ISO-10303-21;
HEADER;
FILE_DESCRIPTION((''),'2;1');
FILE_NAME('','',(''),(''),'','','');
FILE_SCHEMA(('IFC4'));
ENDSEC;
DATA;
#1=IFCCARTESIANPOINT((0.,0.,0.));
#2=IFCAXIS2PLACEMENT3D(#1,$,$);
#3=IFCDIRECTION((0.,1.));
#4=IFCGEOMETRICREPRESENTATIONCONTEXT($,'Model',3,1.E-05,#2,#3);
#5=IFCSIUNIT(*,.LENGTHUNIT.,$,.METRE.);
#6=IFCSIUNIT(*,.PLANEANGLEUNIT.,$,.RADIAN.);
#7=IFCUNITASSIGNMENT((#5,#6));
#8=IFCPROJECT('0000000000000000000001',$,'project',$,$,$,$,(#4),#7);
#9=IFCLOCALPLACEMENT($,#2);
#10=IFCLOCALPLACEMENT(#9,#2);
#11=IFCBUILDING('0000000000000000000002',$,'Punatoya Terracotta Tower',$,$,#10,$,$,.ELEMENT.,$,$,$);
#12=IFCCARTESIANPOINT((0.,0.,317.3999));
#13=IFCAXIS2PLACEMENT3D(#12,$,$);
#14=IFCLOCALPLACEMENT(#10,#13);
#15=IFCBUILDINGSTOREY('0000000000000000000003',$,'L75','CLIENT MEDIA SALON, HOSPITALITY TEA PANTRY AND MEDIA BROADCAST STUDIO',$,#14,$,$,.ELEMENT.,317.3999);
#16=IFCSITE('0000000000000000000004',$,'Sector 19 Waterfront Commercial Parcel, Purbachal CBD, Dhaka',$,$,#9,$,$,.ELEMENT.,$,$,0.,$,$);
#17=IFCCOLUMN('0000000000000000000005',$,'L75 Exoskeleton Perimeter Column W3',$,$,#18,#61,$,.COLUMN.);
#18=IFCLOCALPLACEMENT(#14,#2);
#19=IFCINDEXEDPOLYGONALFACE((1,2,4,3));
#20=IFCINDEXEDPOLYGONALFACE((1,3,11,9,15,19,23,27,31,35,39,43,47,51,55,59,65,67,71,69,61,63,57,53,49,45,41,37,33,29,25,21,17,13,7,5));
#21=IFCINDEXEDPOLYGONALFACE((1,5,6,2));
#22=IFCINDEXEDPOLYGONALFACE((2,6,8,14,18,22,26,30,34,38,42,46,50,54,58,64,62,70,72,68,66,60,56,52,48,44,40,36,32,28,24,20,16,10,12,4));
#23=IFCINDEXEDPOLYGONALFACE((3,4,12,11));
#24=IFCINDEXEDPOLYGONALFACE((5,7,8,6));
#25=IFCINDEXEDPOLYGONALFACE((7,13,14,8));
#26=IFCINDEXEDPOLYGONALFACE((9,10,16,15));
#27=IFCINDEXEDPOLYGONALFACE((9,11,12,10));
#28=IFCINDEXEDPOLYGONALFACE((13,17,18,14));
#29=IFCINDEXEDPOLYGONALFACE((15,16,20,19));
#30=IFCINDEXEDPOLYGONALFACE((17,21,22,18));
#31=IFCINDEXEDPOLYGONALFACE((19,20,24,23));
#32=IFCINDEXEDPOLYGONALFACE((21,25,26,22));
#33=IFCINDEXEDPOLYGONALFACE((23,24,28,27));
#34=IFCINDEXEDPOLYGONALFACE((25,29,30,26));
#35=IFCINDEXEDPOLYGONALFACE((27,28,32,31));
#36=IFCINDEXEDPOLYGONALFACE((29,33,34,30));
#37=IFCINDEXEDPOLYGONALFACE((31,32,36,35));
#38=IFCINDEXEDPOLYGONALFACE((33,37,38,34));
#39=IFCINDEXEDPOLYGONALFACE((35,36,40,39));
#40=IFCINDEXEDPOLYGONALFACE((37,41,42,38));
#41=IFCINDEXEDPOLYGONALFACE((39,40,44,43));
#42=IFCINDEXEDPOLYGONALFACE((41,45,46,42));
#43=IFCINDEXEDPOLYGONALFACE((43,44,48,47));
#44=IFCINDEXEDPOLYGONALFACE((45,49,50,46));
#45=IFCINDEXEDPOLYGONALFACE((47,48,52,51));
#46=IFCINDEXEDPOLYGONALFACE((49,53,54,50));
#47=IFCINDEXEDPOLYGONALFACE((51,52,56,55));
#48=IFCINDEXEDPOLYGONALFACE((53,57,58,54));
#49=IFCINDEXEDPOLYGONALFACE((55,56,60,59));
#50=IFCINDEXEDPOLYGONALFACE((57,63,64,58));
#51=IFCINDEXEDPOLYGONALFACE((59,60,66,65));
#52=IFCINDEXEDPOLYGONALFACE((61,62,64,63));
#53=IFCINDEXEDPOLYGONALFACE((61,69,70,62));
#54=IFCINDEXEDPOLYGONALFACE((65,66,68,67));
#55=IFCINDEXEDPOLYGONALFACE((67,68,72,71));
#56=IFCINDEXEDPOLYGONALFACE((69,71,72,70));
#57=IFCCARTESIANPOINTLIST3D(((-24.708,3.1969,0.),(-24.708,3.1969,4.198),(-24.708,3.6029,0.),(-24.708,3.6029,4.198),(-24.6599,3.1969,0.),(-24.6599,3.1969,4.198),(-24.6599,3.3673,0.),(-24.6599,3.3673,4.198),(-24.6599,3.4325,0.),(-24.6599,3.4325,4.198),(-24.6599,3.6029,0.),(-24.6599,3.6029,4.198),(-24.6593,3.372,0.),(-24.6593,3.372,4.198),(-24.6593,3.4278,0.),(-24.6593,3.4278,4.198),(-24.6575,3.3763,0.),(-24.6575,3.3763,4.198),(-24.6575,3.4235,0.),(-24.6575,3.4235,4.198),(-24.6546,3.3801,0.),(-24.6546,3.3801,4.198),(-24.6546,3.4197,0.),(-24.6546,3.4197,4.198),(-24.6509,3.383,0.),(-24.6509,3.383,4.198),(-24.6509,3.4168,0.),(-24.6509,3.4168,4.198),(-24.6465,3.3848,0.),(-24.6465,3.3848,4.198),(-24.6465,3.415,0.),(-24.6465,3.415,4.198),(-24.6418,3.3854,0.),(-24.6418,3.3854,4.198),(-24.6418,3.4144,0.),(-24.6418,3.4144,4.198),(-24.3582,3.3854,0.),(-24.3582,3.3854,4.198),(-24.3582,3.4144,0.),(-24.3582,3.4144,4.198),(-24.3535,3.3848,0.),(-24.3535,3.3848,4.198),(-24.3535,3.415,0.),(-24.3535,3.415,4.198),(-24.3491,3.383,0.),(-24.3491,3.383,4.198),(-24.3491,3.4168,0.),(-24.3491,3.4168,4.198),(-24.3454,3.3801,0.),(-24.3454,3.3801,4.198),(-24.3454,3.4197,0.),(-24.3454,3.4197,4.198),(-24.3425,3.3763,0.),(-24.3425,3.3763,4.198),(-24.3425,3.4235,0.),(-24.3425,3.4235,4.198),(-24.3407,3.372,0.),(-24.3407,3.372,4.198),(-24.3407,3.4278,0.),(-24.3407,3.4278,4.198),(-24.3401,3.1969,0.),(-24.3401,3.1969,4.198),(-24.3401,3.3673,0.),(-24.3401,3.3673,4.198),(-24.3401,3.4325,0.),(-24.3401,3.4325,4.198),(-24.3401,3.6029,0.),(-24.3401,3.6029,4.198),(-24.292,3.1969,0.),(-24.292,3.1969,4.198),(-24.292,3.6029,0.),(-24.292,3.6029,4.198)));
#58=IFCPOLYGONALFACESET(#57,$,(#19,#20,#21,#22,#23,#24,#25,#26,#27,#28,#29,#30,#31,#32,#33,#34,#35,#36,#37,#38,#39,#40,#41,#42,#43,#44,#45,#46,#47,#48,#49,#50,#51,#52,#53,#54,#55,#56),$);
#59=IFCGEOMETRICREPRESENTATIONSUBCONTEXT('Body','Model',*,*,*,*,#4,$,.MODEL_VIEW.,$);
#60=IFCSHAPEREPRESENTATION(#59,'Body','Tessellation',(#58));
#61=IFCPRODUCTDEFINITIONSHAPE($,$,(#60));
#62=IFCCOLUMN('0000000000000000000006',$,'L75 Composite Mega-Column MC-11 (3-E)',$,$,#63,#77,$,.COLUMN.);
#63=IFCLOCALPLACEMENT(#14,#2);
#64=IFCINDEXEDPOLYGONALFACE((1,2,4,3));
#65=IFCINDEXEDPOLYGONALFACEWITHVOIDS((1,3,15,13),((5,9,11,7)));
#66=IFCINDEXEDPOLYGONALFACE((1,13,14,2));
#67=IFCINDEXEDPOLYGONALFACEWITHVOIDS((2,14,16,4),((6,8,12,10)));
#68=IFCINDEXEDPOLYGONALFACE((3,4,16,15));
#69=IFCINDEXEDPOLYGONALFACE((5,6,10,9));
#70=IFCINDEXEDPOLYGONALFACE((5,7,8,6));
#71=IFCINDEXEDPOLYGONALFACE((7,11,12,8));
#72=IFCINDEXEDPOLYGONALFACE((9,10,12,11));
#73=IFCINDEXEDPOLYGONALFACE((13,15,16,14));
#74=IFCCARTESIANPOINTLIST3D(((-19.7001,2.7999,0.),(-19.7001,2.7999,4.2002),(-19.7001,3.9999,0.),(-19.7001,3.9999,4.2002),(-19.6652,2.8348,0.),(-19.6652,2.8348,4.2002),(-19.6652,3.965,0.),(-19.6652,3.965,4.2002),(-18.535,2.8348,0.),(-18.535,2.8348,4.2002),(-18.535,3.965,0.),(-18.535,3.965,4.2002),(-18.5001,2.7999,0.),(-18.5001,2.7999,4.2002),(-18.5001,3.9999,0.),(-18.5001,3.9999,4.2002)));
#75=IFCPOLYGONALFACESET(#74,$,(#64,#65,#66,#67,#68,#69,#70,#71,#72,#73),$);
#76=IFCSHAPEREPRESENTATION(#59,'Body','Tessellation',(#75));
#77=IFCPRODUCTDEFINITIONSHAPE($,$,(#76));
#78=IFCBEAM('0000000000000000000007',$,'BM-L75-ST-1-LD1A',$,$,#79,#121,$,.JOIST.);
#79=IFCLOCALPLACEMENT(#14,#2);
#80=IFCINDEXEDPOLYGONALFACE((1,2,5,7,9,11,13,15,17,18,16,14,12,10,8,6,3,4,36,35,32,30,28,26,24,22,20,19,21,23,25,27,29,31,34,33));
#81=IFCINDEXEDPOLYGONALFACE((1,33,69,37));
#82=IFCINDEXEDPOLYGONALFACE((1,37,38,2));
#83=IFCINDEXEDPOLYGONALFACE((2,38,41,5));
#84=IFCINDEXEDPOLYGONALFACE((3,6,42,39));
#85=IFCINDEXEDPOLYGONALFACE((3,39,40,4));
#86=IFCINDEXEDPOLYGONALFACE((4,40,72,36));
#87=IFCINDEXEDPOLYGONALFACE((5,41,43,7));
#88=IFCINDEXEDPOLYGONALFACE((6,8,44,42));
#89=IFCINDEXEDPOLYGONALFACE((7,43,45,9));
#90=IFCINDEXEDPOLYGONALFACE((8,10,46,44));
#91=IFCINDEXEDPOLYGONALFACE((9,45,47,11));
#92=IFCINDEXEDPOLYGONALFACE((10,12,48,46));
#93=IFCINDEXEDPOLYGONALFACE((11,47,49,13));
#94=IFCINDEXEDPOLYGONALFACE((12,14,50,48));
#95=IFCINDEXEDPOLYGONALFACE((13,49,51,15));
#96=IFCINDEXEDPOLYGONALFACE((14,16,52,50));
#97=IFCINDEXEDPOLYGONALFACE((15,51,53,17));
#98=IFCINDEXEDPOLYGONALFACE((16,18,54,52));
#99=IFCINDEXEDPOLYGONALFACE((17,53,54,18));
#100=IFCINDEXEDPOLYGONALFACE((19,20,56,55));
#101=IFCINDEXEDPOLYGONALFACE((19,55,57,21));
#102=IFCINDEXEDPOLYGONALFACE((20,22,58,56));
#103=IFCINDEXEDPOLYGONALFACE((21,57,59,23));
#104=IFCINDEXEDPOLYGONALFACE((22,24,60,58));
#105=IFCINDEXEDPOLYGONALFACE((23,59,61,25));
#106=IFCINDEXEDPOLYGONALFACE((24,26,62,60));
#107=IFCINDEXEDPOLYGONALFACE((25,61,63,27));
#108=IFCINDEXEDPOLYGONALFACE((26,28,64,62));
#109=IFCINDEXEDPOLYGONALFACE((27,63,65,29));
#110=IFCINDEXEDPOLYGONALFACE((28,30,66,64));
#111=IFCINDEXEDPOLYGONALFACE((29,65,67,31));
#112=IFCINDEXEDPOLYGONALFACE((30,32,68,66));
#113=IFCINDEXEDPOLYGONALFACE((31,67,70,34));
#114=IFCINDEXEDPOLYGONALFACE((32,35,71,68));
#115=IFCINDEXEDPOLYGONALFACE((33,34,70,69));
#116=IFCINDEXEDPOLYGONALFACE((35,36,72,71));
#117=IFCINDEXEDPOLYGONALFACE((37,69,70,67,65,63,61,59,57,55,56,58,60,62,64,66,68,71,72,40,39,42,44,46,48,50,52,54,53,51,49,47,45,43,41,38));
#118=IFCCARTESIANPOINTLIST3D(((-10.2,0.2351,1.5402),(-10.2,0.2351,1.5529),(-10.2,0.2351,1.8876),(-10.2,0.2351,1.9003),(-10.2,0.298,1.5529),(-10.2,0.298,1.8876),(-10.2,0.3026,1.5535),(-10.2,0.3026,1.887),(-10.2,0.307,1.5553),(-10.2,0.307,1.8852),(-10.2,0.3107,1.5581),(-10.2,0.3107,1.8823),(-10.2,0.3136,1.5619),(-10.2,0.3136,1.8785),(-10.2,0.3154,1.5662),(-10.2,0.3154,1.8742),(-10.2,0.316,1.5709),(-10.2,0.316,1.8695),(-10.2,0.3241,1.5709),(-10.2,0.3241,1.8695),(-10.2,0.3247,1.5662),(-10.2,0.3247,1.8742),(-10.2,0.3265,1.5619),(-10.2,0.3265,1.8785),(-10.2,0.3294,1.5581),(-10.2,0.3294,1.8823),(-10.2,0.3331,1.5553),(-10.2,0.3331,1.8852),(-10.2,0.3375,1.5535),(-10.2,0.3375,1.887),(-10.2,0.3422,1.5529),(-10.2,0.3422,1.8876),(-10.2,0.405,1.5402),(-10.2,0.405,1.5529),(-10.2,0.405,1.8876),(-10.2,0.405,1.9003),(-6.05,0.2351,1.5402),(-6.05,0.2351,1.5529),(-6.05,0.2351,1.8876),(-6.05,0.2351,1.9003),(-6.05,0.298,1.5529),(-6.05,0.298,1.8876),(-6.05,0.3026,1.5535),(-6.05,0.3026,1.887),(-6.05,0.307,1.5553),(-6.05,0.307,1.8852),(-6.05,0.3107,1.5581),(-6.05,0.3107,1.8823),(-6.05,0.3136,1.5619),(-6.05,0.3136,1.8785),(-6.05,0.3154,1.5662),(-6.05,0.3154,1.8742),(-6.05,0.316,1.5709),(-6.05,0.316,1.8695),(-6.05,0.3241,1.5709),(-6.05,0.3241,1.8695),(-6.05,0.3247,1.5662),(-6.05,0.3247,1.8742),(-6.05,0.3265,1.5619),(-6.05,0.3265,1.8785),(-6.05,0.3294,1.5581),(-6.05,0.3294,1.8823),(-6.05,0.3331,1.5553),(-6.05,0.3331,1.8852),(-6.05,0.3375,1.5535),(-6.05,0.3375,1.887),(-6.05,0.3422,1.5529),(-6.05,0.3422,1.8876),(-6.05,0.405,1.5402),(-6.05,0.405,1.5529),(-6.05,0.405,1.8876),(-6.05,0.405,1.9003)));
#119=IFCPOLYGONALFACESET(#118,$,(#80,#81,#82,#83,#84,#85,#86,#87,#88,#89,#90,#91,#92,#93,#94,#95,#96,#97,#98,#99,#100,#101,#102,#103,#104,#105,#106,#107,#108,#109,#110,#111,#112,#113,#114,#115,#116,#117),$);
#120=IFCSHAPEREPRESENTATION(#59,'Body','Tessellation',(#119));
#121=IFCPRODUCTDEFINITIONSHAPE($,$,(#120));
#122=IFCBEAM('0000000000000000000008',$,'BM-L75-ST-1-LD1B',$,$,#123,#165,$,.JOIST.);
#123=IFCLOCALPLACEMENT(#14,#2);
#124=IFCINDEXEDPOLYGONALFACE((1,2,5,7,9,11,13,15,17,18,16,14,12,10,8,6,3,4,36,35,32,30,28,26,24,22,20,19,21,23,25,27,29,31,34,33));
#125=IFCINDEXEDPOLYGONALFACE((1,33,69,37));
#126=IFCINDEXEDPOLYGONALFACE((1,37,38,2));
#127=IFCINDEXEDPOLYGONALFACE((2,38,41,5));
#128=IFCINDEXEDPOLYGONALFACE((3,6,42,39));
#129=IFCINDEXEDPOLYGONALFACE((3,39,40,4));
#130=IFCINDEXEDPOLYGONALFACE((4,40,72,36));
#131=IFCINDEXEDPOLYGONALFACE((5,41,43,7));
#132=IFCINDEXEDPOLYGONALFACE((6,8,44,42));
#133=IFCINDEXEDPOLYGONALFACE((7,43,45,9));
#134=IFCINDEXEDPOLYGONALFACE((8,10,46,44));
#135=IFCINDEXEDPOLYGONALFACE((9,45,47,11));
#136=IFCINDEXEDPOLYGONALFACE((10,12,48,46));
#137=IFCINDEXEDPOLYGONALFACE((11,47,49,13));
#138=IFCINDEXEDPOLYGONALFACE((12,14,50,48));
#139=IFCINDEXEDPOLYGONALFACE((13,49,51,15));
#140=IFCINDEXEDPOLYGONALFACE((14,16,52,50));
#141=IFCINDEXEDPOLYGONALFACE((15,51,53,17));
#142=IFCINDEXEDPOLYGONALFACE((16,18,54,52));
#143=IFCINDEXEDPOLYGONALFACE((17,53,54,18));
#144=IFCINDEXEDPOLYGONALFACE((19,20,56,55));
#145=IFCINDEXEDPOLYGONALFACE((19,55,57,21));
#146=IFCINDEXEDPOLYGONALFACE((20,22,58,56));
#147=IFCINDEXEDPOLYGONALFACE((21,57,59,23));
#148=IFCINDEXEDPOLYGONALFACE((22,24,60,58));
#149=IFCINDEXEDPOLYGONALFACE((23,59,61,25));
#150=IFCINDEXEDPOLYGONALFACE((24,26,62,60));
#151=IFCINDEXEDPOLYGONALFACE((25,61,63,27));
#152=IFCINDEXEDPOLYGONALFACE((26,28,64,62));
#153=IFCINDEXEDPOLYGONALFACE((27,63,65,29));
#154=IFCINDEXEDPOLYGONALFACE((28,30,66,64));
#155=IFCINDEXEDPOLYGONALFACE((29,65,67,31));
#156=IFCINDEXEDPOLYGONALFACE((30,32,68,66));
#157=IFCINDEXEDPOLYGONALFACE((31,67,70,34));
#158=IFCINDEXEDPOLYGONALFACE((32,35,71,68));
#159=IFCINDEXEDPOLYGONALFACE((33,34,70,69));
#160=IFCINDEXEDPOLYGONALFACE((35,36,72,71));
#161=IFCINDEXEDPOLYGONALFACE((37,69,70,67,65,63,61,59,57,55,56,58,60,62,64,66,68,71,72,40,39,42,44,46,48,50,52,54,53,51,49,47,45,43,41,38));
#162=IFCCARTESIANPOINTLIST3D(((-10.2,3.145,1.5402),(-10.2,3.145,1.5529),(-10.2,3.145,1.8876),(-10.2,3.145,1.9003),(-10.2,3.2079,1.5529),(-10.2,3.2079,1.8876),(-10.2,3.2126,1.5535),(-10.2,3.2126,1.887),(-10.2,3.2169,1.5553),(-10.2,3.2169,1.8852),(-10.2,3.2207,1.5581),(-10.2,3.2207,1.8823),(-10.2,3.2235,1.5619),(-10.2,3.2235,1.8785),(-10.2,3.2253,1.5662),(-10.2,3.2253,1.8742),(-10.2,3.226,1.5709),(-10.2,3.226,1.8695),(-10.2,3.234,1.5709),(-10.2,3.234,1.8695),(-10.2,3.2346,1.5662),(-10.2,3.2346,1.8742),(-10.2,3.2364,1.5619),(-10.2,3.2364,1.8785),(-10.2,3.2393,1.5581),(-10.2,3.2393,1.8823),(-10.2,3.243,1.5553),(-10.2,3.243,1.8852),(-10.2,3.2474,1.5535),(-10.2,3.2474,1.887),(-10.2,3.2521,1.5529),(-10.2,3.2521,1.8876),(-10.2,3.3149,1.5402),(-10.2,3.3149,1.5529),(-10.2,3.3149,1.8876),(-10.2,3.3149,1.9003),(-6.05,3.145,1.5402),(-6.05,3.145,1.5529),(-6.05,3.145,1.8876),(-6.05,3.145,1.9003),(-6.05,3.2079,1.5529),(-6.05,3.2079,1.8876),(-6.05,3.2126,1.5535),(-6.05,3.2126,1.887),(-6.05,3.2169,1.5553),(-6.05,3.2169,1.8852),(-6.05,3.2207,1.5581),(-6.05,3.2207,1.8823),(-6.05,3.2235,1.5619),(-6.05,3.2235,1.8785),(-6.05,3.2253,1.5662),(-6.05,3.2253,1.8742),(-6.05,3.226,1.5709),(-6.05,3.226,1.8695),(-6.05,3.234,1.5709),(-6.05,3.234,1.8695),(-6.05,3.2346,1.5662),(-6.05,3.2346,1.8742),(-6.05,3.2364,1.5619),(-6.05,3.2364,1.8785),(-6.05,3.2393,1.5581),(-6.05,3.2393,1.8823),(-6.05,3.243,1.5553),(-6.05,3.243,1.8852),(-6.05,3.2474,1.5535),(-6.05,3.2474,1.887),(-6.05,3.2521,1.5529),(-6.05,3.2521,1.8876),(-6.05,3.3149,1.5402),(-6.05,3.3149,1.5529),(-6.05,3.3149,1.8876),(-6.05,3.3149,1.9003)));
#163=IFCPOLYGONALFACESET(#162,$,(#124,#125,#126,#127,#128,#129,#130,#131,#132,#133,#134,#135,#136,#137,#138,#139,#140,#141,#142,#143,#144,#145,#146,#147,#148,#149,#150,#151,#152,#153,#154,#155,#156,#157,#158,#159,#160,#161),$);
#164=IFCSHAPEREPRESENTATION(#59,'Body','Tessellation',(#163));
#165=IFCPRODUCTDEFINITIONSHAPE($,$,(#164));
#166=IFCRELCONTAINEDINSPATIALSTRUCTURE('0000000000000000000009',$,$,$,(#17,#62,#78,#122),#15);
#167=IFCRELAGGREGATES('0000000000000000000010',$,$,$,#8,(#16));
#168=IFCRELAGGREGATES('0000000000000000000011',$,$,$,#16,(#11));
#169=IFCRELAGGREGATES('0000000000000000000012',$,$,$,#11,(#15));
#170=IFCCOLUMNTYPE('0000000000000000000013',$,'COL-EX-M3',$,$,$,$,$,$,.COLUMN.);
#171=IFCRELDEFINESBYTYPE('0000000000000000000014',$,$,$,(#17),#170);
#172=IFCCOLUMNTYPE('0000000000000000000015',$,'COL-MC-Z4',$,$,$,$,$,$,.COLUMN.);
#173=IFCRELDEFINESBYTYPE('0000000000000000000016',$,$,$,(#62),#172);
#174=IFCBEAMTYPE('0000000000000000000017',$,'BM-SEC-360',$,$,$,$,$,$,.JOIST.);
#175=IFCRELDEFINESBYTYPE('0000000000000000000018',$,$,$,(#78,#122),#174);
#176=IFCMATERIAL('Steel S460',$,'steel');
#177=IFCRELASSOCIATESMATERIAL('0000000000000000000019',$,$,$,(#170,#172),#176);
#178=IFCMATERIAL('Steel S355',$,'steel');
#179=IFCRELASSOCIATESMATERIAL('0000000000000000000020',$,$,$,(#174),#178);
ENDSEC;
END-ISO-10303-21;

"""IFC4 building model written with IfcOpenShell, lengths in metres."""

from ifc_helpers import new_model, si_unit, direction, frame, origin, origin_2d, place, context, subcontext, project, spatial, hollow_rectangle, i_section, extrude, material, material_profile, profile_set, type_object, element, save


model = new_model("IFC4")

# Units and contexts
model_context = context("Model", 3, precision=1e-05, world=origin(), true_north=direction((0.0, 1.0)))
body_context = subcontext(model_context, "Body", "Model", "MODEL_VIEW")
ifc_project = project(units=[si_unit("LENGTHUNIT", "METRE"), si_unit("PLANEANGLEUNIT", "RADIAN")], contexts=[model_context])

# Site, building, storey
site_placement = place(None, origin())
site = spatial("IfcSite", under=ifc_project, at=site_placement, Name="Sector 19 Waterfront Commercial Parcel, Purbachal CBD, Dhaka", CompositionType="ELEMENT", RefElevation=0.0)
building_placement = place(site_placement, origin())
building = spatial("IfcBuilding", under=site, at=building_placement, Name="Punatoya Terracotta Tower", CompositionType="ELEMENT")
storey_placement = place(building_placement, frame((0.0, 0.0, 317.3999)))
storey = spatial("IfcBuildingStorey", under=building, at=storey_placement, Name="L75", Description="CLIENT MEDIA SALON, HOSPITALITY TEA PANTRY AND MEDIA BROADCAST STUDIO", CompositionType="ELEMENT", Elevation=317.3999)

# Columns
ifc_material_1 = material(Name="Steel S460", Category="steel")
ifc_material_profile_1 = material_profile(ifc_material_1, i_section(OverallWidth=0.406, OverallDepth=0.416, WebThickness=0.0291, FlangeThickness=0.0481, FilletRadius=0.0181, at=origin_2d()))
ifc_profile_set_1 = profile_set([ifc_material_profile_1], Name="Steel S460")
column_type_1 = type_object("IfcColumnType", Name="COL-EX-M3", PredefinedType="COLUMN", material=ifc_profile_set_1)
column_1_placement = place(storey_placement, frame((-24.5, 3.3999, 0.0), z_axis=(0.0, 0.0, 1.0), x_axis=(0.0, 1.0, 0.0)))
element("IfcColumn", 1, at=column_1_placement, inside=storey, type_object=column_type_1, Name="L75 Exoskeleton Perimeter Column W3", PredefinedType="COLUMN", context=body_context, shape_type="SweptSolid", body=[
    extrude(i_section(OverallWidth=0.406, OverallDepth=0.416, WebThickness=0.0291, FlangeThickness=0.0481, FilletRadius=0.0181, at=origin_2d()), origin(), (0.0, 0.0, 1.0), 4.198),
])
ifc_material_profile_2 = material_profile(ifc_material_1, hollow_rectangle(XDim=1.2, YDim=1.2, WallThickness=0.0349, at=origin_2d()))
ifc_profile_set_2 = profile_set([ifc_material_profile_2], Name="Steel S460")
column_type_2 = type_object("IfcColumnType", Name="COL-MC-Z4", PredefinedType="COLUMN", material=ifc_profile_set_2)
column_2_placement = place(storey_placement, frame((-19.1001, 3.3999, 0.0), z_axis=(0.0, 0.0, 1.0), x_axis=(1.0, 0.0, 0.0)))
element("IfcColumn", 2, at=column_2_placement, inside=storey, type_object=column_type_2, Name="L75 Composite Mega-Column MC-11 (3-E)", PredefinedType="COLUMN", context=body_context, shape_type="SweptSolid", body=[
    extrude(hollow_rectangle(XDim=1.2, YDim=1.2, WallThickness=0.0349, at=origin_2d()), origin(), (0.0, 0.0, 1.0), 4.2002),
])

# Beams
ifc_material_2 = material(Name="Steel S355", Category="steel")
ifc_material_profile_3 = material_profile(ifc_material_2, i_section(OverallWidth=0.1699, OverallDepth=0.3601, WebThickness=0.0081, FlangeThickness=0.0127, FilletRadius=0.0181, at=origin_2d()))
ifc_profile_set_3 = profile_set([ifc_material_profile_3], Name="Steel S355")
beam_type_1 = type_object("IfcBeamType", Name="BM-SEC-360", PredefinedType="JOIST", material=ifc_profile_set_3)
for number, where, z_axis, x_axis, name in (
    (3, (-10.2, 0.3201, 1.7202), (1.0, 0.0, 0.0), (0.0, 1.0, 0.0), "BM-L75-ST-1-LD1A"),
    (4, (-10.2, 3.23, 1.7202), (1.0, 0.0, 0.0), (0.0, 1.0, 0.0), "BM-L75-ST-1-LD1B"),
):
    element("IfcBeam", number, at=place(storey_placement, frame(where, z_axis=z_axis, x_axis=x_axis)), inside=storey, type_object=beam_type_1, Name=name, PredefinedType="JOIST", context=body_context, shape_type="SweptSolid", body=[
        extrude(i_section(OverallWidth=0.1699, OverallDepth=0.3601, WebThickness=0.0081, FlangeThickness=0.0127, FilletRadius=0.0181, at=origin_2d()), origin(), (0.0, 0.0, 1.0), 4.1499),
    ])

save(model, "model.ifc")
